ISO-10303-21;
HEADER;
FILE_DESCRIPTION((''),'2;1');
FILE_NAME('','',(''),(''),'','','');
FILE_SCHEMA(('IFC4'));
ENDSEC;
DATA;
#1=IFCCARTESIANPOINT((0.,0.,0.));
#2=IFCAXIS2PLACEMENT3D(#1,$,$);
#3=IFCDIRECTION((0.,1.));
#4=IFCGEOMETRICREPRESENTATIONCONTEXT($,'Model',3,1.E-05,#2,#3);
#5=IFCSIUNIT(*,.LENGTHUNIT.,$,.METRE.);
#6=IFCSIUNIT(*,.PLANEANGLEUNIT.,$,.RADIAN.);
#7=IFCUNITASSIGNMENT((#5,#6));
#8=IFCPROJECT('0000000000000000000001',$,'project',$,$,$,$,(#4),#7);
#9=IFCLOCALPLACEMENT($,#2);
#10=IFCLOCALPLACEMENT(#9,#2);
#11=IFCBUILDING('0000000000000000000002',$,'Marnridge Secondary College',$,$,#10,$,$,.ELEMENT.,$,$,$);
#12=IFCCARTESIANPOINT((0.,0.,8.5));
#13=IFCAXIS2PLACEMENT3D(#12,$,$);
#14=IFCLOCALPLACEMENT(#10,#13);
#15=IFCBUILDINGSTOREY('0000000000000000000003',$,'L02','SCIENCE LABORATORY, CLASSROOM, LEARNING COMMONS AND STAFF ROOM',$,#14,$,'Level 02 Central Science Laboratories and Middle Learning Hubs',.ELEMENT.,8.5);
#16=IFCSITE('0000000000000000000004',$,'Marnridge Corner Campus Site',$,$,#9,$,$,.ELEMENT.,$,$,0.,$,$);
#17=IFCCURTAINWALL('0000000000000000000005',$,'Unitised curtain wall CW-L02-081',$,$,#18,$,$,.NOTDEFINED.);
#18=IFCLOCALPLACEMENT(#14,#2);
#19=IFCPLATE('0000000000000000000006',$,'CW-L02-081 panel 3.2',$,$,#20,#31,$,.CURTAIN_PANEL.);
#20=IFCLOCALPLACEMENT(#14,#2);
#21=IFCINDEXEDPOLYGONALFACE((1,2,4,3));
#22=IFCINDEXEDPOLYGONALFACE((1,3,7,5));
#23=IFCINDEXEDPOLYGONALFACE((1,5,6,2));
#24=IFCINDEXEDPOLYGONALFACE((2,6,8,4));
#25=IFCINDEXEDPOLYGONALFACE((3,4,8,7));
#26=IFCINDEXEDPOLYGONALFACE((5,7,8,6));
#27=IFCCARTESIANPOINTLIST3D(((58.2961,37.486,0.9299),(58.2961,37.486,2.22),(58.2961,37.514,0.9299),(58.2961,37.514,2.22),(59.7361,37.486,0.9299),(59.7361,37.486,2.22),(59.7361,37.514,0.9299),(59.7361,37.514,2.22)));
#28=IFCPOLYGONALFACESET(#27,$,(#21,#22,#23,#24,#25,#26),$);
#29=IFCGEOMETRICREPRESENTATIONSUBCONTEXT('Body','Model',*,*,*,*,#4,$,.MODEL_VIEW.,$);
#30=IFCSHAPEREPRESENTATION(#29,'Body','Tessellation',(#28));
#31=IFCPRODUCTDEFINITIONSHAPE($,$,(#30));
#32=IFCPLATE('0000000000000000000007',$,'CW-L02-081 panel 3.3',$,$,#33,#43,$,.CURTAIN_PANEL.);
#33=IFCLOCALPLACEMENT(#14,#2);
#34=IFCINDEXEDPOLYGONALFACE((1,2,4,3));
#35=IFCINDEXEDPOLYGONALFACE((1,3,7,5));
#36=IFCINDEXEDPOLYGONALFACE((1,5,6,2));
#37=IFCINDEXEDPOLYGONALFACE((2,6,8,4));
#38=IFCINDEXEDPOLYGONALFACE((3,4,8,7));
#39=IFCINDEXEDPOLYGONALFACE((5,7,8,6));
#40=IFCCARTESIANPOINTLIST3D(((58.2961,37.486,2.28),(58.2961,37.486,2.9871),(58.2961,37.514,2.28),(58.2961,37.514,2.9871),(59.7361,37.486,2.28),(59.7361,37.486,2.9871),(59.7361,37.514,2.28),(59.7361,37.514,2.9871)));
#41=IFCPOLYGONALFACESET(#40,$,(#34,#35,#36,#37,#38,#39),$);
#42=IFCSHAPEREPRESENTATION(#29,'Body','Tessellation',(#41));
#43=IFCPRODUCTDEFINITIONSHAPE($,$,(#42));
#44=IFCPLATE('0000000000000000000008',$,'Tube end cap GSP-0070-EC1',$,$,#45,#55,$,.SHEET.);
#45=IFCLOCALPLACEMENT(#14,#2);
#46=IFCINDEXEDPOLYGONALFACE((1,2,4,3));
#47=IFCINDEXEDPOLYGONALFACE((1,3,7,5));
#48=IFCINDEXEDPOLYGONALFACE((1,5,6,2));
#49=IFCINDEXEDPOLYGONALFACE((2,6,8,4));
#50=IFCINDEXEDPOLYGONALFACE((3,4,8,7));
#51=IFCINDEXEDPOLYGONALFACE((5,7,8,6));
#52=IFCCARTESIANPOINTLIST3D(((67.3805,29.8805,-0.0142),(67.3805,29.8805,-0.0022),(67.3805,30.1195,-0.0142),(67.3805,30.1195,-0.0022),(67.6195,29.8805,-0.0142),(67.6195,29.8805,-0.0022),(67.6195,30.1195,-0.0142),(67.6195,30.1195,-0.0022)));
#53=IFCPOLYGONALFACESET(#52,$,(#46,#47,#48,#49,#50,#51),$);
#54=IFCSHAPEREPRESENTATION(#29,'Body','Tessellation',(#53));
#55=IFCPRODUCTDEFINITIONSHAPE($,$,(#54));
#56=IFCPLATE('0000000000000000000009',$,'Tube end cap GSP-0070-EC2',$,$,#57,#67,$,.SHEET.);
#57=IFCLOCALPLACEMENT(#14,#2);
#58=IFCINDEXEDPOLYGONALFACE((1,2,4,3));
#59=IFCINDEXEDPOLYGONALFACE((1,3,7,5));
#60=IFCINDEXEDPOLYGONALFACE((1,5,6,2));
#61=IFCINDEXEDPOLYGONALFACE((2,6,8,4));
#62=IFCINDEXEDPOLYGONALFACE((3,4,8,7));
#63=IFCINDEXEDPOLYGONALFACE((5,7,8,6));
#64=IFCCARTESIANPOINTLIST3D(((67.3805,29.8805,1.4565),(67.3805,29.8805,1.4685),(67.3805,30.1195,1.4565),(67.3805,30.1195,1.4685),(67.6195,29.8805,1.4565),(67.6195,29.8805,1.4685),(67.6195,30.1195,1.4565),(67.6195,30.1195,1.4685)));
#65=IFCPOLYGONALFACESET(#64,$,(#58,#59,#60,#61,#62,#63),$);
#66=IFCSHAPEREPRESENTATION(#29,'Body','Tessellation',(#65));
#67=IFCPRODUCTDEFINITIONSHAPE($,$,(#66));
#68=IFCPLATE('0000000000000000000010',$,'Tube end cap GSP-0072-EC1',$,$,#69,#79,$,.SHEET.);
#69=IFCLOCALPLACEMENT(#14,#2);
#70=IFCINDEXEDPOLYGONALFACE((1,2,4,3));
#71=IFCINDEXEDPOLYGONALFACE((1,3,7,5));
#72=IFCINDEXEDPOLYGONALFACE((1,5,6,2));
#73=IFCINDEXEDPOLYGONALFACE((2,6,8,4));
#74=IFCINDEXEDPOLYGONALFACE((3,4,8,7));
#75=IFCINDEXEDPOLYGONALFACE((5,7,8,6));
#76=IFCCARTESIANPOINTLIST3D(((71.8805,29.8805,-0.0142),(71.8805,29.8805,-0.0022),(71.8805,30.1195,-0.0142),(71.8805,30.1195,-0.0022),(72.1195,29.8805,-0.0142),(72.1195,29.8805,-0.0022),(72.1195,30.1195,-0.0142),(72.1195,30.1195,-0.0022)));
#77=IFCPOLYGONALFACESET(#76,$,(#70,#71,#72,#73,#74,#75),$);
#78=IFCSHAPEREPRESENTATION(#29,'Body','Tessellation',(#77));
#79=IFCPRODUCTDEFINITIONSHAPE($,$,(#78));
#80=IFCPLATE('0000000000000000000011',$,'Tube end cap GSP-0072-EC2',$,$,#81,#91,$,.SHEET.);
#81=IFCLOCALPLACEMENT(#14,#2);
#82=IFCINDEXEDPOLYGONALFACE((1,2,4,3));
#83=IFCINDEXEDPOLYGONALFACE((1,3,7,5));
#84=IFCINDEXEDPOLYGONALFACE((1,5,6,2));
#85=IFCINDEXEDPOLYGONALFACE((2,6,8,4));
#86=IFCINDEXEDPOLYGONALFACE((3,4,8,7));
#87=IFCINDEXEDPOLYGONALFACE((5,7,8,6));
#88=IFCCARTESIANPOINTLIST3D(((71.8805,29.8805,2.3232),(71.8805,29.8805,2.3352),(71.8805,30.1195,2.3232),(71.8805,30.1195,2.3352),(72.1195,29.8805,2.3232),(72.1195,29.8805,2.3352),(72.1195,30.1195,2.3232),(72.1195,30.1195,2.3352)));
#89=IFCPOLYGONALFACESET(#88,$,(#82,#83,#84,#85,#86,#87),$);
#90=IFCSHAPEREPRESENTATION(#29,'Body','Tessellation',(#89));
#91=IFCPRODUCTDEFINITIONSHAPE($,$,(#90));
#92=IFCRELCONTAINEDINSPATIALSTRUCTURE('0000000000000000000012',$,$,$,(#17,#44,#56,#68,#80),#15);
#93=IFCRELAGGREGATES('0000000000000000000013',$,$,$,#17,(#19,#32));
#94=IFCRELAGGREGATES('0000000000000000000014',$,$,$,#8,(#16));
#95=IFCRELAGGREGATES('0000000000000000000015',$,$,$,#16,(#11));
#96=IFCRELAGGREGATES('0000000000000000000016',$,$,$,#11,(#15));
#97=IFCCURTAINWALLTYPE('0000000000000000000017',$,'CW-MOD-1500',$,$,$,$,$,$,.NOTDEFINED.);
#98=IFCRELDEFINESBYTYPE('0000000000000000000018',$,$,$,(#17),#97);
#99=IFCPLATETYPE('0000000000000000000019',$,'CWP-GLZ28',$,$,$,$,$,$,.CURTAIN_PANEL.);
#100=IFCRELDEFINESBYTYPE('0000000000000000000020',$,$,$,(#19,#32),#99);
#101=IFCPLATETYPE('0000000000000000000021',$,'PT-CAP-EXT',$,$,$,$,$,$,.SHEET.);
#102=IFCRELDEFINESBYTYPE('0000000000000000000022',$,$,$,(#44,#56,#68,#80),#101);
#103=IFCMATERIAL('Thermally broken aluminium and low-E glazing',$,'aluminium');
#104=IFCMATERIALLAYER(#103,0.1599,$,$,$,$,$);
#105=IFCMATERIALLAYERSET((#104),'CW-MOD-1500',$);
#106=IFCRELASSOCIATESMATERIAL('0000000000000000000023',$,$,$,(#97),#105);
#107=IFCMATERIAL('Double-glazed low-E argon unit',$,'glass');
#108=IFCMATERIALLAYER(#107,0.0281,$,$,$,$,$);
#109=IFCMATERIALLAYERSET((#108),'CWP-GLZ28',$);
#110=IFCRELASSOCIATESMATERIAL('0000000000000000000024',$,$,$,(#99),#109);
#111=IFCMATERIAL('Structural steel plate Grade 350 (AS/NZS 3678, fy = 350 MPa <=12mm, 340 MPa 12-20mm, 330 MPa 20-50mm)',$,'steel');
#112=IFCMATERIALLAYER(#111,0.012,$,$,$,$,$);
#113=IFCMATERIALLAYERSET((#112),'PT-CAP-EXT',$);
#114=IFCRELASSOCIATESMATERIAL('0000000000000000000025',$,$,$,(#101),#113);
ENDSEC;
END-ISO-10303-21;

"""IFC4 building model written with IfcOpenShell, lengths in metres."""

from ifc_helpers import new_model, si_unit, direction, frame, origin, origin_2d, place, context, subcontext, project, spatial, rectangle, extrude, material, layer, layer_set, type_object, element, aggregate, save


model = new_model("IFC4")

# Units and contexts
model_context = context("Model", 3, precision=1e-05, world=origin(), true_north=direction((0.0, 1.0)))
body_context = subcontext(model_context, "Body", "Model", "MODEL_VIEW")
ifc_project = project(units=[si_unit("LENGTHUNIT", "METRE"), si_unit("PLANEANGLEUNIT", "RADIAN")], contexts=[model_context])

# Site, building, storey
site_placement = place(None, origin())
site = spatial("IfcSite", under=ifc_project, at=site_placement, Name="Marnridge Corner Campus Site", CompositionType="ELEMENT", RefElevation=0.0)
building_placement = place(site_placement, origin())
building = spatial("IfcBuilding", under=site, at=building_placement, Name="Marnridge Secondary College", CompositionType="ELEMENT")
storey_placement = place(building_placement, frame((0.0, 0.0, 8.5)))
storey = spatial("IfcBuildingStorey", under=building, at=storey_placement, Name="L02", Description="SCIENCE LABORATORY, CLASSROOM, LEARNING COMMONS AND STAFF ROOM", LongName="Level 02 Central Science Laboratories and Middle Learning Hubs", CompositionType="ELEMENT", Elevation=8.5)

# Curtain wall
ifc_material_1 = material(Name="Thermally broken aluminium and low-E glazing", Category="aluminium")
ifc_layer_1 = layer(ifc_material_1, 0.1599)
ifc_layer_set_1 = layer_set([ifc_layer_1], Name="CW-MOD-1500")
curtain_wall_type = type_object("IfcCurtainWallType", Name="CW-MOD-1500", PredefinedType="NOTDEFINED", material=ifc_layer_set_1)
curtain_wall_placement = place(storey_placement, origin())
curtain_wall = element("IfcCurtainWall", 1, at=curtain_wall_placement, inside=storey, type_object=curtain_wall_type, Name="Unitised curtain wall CW-L02-081", PredefinedType="NOTDEFINED")

# Plates
ifc_material_2 = material(Name="Double-glazed low-E argon unit", Category="glass")
ifc_layer_2 = layer(ifc_material_2, 0.0281)
ifc_layer_set_2 = layer_set([ifc_layer_2], Name="CWP-GLZ28")
plate_type_1 = type_object("IfcPlateType", Name="CWP-GLZ28", PredefinedType="CURTAIN_PANEL", material=ifc_layer_set_2)
plate_1_placement = place(storey_placement, frame((59.0161, 37.5, 0.9299), z_axis=(0.0, 0.0, 1.0), x_axis=(-1.0, 0.0, 0.0)))
plate_1 = element("IfcPlate", 2, at=plate_1_placement, type_object=plate_type_1, Name="CW-L02-081 panel 3.2", PredefinedType="CURTAIN_PANEL", context=body_context, shape_type="SweptSolid", body=[
    extrude(rectangle(XDim=1.4399, YDim=0.0281, at=origin_2d()), origin(), (0.0, 0.0, 1.0), 1.29),
])
plate_2_placement = place(storey_placement, frame((59.0161, 37.5, 2.28), z_axis=(0.0, 0.0, 1.0), x_axis=(-1.0, 0.0, 0.0)))
plate_2 = element("IfcPlate", 3, at=plate_2_placement, type_object=plate_type_1, Name="CW-L02-081 panel 3.3", PredefinedType="CURTAIN_PANEL", context=body_context, shape_type="SweptSolid", body=[
    extrude(rectangle(XDim=1.4399, YDim=0.0281, at=origin_2d()), origin(), (0.0, 0.0, 1.0), 0.707),
])
aggregate(curtain_wall, [plate_1, plate_2])

# Plates
ifc_material_3 = material(Name="Structural steel plate Grade 350 (AS/NZS 3678, fy = 350 MPa <=12mm, 340 MPa 12-20mm, 330 MPa 20-50mm)", Category="steel")
ifc_layer_3 = layer(ifc_material_3, 0.012)
ifc_layer_set_3 = layer_set([ifc_layer_3], Name="PT-CAP-EXT")
plate_type_2 = type_object("IfcPlateType", Name="PT-CAP-EXT", PredefinedType="SHEET", material=ifc_layer_set_3)
for number, where, z_axis, x_axis, name in (
    (4, (67.5, 30.0, -0.0142), (0.0, 0.0, 1.0), (1.0, 0.0, 0.0), "Tube end cap GSP-0070-EC1"),
    (5, (67.5, 30.0, 1.4565), (0.0, 0.0, 1.0), (1.0, 0.0, 0.0), "Tube end cap GSP-0070-EC2"),
    (6, (72.0, 30.0, -0.0142), (0.0, 0.0, 1.0), (1.0, 0.0, 0.0), "Tube end cap GSP-0072-EC1"),
    (7, (72.0, 30.0, 2.3232), (0.0, 0.0, 1.0), (1.0, 0.0, 0.0), "Tube end cap GSP-0072-EC2"),
):
    element("IfcPlate", number, at=place(storey_placement, frame(where, z_axis=z_axis, x_axis=x_axis)), inside=storey, type_object=plate_type_2, Name=name, PredefinedType="SHEET", context=body_context, shape_type="SweptSolid", body=[
        extrude(rectangle(XDim=0.239, YDim=0.239, at=origin_2d()), origin(), (0.0, 0.0, 1.0), 0.012),
    ])

save(model, "model.ifc")
